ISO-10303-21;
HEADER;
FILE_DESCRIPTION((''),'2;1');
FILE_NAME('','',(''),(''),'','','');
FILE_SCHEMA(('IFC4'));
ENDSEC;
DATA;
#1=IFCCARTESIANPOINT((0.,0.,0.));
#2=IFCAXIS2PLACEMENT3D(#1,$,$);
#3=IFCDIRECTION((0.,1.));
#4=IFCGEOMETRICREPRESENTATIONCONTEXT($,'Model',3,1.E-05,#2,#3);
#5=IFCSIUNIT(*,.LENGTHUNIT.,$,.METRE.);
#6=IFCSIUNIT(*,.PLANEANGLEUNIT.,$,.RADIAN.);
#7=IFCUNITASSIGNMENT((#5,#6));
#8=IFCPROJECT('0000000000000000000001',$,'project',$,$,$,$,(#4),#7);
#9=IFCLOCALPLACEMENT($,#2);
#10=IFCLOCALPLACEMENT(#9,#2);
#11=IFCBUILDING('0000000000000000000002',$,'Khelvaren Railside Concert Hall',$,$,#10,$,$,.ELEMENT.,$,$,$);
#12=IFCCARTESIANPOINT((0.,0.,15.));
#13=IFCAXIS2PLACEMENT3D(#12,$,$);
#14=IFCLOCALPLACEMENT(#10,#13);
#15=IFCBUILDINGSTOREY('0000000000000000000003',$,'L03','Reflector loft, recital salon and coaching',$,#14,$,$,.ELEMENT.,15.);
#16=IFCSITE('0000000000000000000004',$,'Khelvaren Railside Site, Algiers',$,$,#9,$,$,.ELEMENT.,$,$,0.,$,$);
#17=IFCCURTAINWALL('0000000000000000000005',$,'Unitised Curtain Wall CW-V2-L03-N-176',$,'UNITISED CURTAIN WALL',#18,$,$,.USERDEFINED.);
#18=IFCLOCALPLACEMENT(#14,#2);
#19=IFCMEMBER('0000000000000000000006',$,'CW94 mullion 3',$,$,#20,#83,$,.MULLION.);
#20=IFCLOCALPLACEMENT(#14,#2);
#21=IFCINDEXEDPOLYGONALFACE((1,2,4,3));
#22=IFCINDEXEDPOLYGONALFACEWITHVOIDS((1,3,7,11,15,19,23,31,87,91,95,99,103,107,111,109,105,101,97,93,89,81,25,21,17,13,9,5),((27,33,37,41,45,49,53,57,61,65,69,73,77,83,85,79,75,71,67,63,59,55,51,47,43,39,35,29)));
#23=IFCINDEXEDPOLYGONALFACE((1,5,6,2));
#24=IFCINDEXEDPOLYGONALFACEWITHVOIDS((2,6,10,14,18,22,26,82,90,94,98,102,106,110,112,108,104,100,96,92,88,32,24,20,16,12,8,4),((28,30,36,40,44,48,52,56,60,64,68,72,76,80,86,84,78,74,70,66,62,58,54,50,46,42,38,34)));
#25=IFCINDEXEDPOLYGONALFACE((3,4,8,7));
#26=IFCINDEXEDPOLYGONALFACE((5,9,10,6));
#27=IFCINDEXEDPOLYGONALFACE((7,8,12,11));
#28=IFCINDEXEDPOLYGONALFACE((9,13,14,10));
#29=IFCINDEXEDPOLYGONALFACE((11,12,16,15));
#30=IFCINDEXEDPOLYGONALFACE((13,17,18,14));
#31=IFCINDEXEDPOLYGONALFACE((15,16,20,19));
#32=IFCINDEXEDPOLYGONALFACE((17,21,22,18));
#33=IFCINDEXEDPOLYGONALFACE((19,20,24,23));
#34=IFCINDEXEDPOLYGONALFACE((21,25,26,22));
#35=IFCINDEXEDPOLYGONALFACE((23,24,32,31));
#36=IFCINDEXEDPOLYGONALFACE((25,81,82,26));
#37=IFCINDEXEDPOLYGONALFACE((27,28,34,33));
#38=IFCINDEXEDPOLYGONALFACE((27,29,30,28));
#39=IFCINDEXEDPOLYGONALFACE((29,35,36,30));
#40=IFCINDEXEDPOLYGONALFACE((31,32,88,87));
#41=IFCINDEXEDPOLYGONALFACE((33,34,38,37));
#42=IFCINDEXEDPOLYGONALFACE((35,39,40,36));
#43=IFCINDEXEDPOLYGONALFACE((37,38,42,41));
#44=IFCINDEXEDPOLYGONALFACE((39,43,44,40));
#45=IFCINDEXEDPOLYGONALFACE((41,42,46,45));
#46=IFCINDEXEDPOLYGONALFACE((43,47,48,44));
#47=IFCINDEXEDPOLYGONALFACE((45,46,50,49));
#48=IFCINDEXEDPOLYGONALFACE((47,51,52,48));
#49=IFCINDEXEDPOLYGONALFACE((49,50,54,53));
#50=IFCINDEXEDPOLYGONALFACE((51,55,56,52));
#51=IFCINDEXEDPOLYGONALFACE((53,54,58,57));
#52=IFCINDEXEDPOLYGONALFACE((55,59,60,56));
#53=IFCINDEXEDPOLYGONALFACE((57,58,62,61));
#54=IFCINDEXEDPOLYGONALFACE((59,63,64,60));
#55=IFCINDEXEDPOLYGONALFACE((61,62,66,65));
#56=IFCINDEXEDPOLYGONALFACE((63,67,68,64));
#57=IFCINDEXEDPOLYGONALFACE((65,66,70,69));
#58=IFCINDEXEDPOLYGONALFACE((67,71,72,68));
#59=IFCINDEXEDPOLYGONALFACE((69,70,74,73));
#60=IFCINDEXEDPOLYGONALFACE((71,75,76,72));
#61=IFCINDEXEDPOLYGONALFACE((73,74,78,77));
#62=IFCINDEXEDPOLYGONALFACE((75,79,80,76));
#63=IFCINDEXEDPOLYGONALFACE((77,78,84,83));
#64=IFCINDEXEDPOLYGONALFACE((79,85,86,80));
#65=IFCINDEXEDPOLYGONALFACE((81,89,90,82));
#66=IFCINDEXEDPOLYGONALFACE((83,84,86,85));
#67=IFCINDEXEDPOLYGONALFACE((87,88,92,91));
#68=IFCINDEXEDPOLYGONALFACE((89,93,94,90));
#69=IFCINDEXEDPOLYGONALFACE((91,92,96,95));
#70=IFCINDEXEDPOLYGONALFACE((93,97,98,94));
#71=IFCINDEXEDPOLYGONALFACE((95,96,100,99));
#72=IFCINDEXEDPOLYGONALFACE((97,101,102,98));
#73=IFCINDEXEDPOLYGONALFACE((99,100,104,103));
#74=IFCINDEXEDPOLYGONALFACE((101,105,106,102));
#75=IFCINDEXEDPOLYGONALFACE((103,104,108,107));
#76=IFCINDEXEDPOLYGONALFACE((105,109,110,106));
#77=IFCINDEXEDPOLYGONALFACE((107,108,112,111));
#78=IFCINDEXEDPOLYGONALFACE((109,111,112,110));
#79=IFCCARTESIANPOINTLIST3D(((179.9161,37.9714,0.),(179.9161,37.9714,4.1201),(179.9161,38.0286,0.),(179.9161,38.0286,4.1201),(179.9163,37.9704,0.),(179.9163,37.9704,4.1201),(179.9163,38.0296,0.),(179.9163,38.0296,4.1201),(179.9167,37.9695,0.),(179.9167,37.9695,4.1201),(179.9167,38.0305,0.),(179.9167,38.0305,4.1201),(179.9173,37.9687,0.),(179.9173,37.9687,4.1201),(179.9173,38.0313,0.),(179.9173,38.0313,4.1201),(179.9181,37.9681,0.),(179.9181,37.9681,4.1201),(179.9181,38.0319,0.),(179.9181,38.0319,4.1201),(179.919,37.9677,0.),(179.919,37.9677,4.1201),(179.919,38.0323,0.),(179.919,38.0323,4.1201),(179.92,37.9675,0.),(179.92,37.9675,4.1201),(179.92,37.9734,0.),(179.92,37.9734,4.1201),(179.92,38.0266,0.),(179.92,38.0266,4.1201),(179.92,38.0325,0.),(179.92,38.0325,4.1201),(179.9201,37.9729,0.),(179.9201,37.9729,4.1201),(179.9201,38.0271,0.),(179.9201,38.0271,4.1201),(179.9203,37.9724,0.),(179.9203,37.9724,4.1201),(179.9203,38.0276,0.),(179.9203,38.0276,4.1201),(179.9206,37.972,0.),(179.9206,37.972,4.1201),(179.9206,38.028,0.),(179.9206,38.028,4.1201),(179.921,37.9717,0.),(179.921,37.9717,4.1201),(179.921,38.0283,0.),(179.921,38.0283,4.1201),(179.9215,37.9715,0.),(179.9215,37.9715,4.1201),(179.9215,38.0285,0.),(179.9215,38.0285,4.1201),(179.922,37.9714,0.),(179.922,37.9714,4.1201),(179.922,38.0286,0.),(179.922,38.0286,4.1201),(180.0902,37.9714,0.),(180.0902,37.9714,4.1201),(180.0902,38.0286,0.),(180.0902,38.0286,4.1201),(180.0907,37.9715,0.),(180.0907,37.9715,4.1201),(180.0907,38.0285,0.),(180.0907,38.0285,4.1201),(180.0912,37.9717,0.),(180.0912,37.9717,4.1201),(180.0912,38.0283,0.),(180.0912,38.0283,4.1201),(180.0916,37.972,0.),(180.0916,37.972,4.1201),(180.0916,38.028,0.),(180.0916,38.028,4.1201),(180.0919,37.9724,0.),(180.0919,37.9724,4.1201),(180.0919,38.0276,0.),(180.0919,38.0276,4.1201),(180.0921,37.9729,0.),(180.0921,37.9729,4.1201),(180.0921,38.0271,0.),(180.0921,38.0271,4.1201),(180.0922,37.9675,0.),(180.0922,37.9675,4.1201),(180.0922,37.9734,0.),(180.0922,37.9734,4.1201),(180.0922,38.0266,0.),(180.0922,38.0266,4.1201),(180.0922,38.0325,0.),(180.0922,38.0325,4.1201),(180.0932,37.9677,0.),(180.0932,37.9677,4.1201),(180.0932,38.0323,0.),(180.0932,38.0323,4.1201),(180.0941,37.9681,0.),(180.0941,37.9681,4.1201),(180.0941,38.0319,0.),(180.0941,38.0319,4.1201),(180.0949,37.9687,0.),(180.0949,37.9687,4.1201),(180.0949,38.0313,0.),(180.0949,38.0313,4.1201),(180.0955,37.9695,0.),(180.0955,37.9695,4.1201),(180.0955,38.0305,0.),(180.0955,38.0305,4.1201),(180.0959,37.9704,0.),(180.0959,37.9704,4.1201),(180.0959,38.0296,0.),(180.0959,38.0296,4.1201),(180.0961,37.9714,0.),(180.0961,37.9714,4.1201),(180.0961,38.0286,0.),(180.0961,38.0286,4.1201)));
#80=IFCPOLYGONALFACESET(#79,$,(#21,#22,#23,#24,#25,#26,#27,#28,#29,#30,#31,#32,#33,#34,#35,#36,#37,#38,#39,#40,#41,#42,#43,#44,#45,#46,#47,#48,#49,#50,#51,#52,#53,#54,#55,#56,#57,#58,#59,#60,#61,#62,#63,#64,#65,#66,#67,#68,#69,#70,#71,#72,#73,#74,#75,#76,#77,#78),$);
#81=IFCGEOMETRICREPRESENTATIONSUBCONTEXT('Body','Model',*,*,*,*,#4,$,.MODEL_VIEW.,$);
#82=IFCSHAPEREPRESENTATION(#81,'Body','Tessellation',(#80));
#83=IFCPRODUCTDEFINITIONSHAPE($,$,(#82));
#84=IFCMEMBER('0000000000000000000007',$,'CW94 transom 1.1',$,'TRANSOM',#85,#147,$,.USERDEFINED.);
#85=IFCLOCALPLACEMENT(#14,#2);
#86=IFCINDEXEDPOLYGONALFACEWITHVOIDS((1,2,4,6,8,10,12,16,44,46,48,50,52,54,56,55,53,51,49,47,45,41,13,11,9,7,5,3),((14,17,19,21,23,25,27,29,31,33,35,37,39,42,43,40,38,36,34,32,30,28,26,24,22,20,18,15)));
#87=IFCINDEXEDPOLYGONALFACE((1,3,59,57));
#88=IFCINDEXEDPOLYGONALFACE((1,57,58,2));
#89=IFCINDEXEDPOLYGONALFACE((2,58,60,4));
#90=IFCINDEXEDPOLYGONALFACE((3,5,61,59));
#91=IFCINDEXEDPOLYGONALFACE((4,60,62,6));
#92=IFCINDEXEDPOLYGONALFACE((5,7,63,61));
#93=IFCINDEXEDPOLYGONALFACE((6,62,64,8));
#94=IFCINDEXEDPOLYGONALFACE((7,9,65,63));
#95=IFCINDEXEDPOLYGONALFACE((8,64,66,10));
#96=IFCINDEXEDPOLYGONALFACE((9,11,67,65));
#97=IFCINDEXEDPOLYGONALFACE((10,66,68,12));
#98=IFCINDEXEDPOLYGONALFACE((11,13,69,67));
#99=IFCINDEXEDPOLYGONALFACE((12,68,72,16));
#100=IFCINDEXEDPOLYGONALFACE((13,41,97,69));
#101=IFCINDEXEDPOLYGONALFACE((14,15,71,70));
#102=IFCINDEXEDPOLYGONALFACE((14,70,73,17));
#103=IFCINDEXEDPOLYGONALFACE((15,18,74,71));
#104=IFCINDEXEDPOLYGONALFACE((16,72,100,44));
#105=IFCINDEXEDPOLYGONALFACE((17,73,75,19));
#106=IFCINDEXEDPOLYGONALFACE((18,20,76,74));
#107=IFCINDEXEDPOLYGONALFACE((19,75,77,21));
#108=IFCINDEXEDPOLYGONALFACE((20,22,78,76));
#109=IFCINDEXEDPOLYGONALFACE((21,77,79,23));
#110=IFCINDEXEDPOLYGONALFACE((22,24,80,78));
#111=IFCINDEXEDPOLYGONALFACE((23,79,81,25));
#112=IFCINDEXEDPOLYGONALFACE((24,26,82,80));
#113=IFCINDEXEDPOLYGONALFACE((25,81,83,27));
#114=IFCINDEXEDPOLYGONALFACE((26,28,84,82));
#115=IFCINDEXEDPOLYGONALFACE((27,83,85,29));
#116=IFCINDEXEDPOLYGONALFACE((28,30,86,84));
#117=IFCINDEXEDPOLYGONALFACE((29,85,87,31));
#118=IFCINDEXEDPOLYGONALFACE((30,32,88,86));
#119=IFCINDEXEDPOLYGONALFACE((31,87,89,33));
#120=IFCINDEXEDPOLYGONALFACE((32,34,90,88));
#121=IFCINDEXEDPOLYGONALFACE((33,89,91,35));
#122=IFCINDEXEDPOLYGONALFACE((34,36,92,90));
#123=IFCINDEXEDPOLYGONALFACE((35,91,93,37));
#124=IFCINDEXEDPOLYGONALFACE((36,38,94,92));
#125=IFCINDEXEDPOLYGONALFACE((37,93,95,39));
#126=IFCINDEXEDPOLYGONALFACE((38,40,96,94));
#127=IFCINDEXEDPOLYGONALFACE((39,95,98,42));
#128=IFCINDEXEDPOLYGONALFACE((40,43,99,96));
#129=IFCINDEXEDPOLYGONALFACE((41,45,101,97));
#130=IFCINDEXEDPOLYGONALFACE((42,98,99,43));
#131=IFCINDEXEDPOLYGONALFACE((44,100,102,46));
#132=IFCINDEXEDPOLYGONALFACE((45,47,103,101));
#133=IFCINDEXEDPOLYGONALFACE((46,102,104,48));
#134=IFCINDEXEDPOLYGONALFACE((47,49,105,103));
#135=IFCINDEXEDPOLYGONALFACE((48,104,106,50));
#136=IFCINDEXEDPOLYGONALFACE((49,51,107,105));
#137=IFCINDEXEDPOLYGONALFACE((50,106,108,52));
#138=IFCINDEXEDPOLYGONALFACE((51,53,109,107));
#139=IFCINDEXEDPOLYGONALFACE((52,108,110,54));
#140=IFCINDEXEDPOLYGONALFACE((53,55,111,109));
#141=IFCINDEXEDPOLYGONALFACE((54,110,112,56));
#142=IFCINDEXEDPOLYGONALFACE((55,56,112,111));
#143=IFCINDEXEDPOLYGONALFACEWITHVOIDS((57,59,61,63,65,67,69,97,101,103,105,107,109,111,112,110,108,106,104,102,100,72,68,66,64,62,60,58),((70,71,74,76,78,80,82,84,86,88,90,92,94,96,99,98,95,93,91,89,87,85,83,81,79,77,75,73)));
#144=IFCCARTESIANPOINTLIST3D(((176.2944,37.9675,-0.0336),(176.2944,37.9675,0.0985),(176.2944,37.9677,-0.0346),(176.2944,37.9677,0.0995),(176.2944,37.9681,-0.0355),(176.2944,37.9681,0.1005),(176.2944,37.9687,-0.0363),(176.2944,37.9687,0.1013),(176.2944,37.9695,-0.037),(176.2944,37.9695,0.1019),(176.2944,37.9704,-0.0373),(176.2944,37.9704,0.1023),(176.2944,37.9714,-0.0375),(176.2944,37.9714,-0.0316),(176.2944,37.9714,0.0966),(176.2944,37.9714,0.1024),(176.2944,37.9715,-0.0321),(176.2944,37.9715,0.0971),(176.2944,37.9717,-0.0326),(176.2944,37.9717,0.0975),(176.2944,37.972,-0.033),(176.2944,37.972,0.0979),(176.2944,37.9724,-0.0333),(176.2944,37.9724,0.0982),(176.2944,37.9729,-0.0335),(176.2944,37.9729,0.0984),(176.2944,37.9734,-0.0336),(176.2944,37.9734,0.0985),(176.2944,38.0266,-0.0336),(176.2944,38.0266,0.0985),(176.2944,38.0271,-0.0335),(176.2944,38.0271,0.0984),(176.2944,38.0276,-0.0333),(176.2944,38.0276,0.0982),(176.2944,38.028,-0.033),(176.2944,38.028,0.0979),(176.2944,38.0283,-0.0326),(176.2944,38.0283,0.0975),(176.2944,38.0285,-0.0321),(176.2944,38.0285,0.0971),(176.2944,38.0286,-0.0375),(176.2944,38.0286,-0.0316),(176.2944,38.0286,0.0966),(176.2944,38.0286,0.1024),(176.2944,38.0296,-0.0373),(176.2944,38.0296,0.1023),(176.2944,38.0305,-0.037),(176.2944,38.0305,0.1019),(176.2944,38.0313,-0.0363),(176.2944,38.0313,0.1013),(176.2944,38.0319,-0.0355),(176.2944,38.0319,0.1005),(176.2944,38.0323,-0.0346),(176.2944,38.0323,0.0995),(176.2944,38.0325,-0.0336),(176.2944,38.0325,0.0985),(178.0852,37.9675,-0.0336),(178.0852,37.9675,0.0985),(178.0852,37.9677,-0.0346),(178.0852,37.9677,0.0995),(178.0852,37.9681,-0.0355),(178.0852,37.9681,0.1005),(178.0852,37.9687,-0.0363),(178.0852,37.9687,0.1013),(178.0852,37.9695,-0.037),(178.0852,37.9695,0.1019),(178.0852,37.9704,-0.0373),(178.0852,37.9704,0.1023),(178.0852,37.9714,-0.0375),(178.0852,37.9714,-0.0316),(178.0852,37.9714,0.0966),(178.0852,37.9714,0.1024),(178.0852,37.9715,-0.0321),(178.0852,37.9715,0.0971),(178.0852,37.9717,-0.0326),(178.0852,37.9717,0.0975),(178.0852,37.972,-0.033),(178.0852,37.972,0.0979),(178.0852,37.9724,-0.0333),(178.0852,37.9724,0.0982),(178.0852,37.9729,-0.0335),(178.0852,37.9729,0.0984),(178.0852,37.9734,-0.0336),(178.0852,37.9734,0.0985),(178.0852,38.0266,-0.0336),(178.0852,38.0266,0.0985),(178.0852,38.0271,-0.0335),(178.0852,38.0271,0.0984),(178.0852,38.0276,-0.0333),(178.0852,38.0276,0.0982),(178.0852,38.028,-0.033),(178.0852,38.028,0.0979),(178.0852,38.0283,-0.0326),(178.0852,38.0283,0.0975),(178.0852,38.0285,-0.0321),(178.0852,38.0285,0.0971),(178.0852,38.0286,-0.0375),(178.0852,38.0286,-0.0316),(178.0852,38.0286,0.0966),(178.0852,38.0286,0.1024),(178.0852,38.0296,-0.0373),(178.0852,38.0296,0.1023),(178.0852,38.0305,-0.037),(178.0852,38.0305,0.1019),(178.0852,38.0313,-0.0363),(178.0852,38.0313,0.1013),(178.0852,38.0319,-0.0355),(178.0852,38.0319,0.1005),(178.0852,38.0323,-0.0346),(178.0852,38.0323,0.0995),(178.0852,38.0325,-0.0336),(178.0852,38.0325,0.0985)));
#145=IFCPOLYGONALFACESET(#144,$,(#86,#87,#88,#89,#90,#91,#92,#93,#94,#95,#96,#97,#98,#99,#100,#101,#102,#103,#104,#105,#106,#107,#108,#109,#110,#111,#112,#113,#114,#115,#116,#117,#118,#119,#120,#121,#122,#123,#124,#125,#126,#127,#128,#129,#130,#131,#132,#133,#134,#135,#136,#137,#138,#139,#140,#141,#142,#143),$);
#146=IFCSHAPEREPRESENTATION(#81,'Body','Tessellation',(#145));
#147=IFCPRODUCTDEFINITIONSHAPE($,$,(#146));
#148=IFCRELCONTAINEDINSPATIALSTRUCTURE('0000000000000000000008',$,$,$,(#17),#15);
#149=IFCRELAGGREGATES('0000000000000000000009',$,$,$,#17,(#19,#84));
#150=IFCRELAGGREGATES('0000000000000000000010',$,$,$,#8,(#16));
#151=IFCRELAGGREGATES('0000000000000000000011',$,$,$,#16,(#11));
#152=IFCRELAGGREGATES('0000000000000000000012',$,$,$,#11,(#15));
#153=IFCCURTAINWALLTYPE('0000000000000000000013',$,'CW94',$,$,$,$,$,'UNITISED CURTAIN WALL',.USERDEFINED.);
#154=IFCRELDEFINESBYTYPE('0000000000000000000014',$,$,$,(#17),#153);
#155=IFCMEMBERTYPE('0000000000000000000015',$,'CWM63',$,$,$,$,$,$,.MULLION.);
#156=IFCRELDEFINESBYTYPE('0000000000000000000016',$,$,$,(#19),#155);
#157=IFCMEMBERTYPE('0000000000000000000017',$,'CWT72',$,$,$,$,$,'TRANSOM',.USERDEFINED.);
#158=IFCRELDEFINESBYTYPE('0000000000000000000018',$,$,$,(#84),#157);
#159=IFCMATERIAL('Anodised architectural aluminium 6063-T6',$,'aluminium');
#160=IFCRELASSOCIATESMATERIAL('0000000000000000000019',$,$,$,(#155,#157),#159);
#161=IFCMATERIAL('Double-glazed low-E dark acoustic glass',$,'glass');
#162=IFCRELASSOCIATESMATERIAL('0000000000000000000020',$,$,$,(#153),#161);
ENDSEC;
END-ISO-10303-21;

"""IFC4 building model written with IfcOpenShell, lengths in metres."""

from ifc_helpers import new_model, si_unit, direction, frame, origin, origin_2d, place, context, subcontext, project, spatial, hollow_rectangle, extrude, material, material_profile, profile_set, type_object, element, aggregate, save


model = new_model("IFC4")

# Units and contexts
model_context = context("Model", 3, precision=1e-05, world=origin(), true_north=direction((0.0, 1.0)))
body_context = subcontext(model_context, "Body", "Model", "MODEL_VIEW")
ifc_project = project(units=[si_unit("LENGTHUNIT", "METRE"), si_unit("PLANEANGLEUNIT", "RADIAN")], contexts=[model_context])

# Site, building, storey
site_placement = place(None, origin())
site = spatial("IfcSite", under=ifc_project, at=site_placement, Name="Khelvaren Railside Site, Algiers", CompositionType="ELEMENT", RefElevation=0.0)
building_placement = place(site_placement, origin())
building = spatial("IfcBuilding", under=site, at=building_placement, Name="Khelvaren Railside Concert Hall", CompositionType="ELEMENT")
storey_placement = place(building_placement, frame((0.0, 0.0, 15.0)))
storey = spatial("IfcBuildingStorey", under=building, at=storey_placement, Name="L03", Description="Reflector loft, recital salon and coaching", CompositionType="ELEMENT", Elevation=15.0)

# Shared definitions
ifc_material_1 = material(Name="Double-glazed low-E dark acoustic glass", Category="glass")
ifc_material_2 = material(Name="Anodised architectural aluminium 6063-T6", Category="aluminium")
ifc_material_profile_1 = material_profile(ifc_material_2, hollow_rectangle(XDim=0.0649, YDim=0.1799, WallThickness=0.0039, InnerFilletRadius=0.002, OuterFilletRadius=0.0039, at=origin_2d()), Name="CWM 65x180x4")
ifc_profile_set_1 = profile_set([ifc_material_profile_1], Name="Anodised architectural aluminium 6063-T6")
member_type_1 = type_object("IfcMemberType", Name="CWM63", PredefinedType="MULLION", material=ifc_profile_set_1)

# Curtain wall, members
curtain_wall_type_1 = type_object("IfcCurtainWallType", Name="CW94", ElementType="UNITISED CURTAIN WALL", PredefinedType="USERDEFINED", material=ifc_material_1)
curtain_wall_1_placement = place(storey_placement, origin())
curtain_wall_1 = element("IfcCurtainWall", 1, at=curtain_wall_1_placement, inside=storey, type_object=curtain_wall_type_1, Name="Unitised Curtain Wall CW-V2-L03-N-176", ObjectType="UNITISED CURTAIN WALL", PredefinedType="USERDEFINED")
member_1_placement = place(storey_placement, frame((180.0061, 38.0, 0.0), z_axis=(0.0, 0.0, 1.0), x_axis=(0.0, 1.0, 0.0)))
member_1 = element("IfcMember", 2, at=member_1_placement, type_object=member_type_1, Name="CW94 mullion 3", PredefinedType="MULLION", context=body_context, shape_type="SweptSolid", body=[
    extrude(hollow_rectangle(XDim=0.0649, YDim=0.1799, WallThickness=0.0039, InnerFilletRadius=0.002, OuterFilletRadius=0.0039, at=origin_2d()), origin(), (0.0, 0.0, 1.0), 4.1201),
])
ifc_material_profile_2 = material_profile(ifc_material_2, hollow_rectangle(XDim=0.0649, YDim=0.1399, WallThickness=0.0039, InnerFilletRadius=0.002, OuterFilletRadius=0.0039, at=origin_2d()), Name="CWT 65x140x4")
ifc_profile_set_2 = profile_set([ifc_material_profile_2], Name="Anodised architectural aluminium 6063-T6")
member_type_2 = type_object("IfcMemberType", Name="CWT72", ElementType="TRANSOM", PredefinedType="USERDEFINED", material=ifc_profile_set_2)
member_2_placement = place(storey_placement, frame((176.2944, 38.0, 0.0325), z_axis=(1.0, 0.0, 0.0), x_axis=(0.0, 1.0, 0.0)))
member_2 = element("IfcMember", 3, at=member_2_placement, type_object=member_type_2, Name="CW94 transom 1.1", ObjectType="TRANSOM", PredefinedType="USERDEFINED", context=body_context, shape_type="SweptSolid", body=[
    extrude(hollow_rectangle(XDim=0.0649, YDim=0.1399, WallThickness=0.0039, InnerFilletRadius=0.002, OuterFilletRadius=0.0039, at=origin_2d()), origin(), (0.0, 0.0, 1.0), 1.7908),
])

aggregate(curtain_wall_1, [member_1, member_2])

save(model, "model.ifc")
